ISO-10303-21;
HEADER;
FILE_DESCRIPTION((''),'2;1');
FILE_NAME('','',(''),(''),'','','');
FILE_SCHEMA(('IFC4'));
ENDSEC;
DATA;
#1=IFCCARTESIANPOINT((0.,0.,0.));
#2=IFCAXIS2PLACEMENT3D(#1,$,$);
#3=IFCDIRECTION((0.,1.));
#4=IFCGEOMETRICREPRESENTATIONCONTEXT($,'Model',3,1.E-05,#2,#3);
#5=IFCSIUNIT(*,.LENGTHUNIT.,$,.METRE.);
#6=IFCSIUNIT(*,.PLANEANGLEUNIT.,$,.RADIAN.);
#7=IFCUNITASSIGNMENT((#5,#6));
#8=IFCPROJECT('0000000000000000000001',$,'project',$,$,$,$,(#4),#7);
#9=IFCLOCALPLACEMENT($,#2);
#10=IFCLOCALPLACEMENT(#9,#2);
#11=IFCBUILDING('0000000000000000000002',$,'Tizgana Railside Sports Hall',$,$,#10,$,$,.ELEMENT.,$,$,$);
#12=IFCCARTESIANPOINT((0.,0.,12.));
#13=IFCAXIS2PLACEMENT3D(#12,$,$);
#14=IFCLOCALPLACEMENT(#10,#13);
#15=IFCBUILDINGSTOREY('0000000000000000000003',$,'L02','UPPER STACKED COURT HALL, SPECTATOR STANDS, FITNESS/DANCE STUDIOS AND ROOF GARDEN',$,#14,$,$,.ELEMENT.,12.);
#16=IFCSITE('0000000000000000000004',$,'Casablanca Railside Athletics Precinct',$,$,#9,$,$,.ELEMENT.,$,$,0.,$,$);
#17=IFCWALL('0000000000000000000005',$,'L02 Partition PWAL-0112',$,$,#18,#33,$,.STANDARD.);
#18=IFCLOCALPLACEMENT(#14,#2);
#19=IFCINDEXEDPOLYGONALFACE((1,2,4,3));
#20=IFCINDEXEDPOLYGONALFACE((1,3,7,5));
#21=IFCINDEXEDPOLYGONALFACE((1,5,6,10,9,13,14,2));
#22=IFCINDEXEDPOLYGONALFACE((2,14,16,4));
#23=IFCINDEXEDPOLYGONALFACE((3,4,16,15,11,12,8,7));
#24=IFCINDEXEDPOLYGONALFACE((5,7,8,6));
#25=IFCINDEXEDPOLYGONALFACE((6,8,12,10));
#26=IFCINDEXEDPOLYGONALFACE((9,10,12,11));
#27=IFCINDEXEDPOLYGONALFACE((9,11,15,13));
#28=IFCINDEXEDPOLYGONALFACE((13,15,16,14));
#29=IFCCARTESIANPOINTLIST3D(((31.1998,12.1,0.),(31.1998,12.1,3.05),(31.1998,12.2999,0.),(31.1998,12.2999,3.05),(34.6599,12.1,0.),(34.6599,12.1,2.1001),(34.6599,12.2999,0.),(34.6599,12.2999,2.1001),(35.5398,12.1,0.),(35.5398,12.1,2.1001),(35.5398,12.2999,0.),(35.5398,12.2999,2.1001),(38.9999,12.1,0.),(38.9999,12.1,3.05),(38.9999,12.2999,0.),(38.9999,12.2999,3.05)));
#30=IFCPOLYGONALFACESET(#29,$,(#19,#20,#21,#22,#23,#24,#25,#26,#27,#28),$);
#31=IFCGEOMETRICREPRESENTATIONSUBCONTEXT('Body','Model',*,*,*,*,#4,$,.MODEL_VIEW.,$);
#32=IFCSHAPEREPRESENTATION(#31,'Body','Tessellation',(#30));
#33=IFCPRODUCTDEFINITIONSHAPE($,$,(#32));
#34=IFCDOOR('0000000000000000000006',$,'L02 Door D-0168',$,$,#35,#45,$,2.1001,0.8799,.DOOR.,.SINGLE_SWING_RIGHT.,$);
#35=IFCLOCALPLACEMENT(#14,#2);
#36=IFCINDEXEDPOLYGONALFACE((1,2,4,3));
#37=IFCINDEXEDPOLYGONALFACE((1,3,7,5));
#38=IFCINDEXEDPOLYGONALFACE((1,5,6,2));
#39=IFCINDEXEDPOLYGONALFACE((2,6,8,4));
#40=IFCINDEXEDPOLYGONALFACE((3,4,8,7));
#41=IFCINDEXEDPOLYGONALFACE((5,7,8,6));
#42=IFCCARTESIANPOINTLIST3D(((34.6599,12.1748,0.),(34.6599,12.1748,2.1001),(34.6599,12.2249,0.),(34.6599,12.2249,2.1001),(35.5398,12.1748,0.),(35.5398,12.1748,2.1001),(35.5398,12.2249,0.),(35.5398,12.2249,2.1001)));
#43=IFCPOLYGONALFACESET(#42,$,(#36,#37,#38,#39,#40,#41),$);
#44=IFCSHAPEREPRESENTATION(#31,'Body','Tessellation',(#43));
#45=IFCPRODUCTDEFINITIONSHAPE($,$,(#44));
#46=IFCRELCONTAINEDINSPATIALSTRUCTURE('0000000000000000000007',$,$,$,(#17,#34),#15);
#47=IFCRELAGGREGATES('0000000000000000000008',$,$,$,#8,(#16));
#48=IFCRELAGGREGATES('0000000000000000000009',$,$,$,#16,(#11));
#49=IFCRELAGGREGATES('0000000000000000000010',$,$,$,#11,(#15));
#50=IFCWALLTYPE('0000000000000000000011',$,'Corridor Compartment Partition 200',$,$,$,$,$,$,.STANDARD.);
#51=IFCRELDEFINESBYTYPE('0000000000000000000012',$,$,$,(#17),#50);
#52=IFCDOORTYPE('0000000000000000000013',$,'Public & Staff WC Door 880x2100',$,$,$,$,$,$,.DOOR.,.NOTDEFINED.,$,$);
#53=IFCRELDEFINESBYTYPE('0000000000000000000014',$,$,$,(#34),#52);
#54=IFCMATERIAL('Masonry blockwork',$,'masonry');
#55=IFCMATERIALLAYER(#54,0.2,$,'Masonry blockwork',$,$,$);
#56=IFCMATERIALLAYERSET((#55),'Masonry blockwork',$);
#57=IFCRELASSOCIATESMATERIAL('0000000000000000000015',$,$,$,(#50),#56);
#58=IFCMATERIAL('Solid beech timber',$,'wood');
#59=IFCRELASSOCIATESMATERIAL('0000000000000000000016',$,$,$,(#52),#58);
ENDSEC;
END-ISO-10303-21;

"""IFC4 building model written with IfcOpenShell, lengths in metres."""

from ifc_helpers import new_model, si_unit, direction, frame, frame_2d, origin, place, context, subcontext, project, spatial, rectangle, extrude, material, layer, layer_set, type_object, element, fill, save


model = new_model("IFC4")

# Units and contexts
model_context = context("Model", 3, precision=1e-05, world=origin(), true_north=direction((0.0, 1.0)))
body_context = subcontext(model_context, "Body", "Model", "MODEL_VIEW")
ifc_project = project(units=[si_unit("LENGTHUNIT", "METRE"), si_unit("PLANEANGLEUNIT", "RADIAN")], contexts=[model_context])

# Site, building, storey
site_placement = place(None, origin())
site = spatial("IfcSite", under=ifc_project, at=site_placement, Name="Casablanca Railside Athletics Precinct", CompositionType="ELEMENT", RefElevation=0.0)
building_placement = place(site_placement, origin())
building = spatial("IfcBuilding", under=site, at=building_placement, Name="Tizgana Railside Sports Hall", CompositionType="ELEMENT")
storey_placement = place(building_placement, frame((0.0, 0.0, 12.0)))
storey = spatial("IfcBuildingStorey", under=building, at=storey_placement, Name="L02", Description="UPPER STACKED COURT HALL, SPECTATOR STANDS, FITNESS/DANCE STUDIOS AND ROOF GARDEN", CompositionType="ELEMENT", Elevation=12.0)

# Wall, opening, door
ifc_material_1 = material(Name="Masonry blockwork", Category="masonry")
ifc_layer_1 = layer(ifc_material_1, 0.2, Name="Masonry blockwork")
ifc_layer_set_1 = layer_set([ifc_layer_1], Name="Masonry blockwork")
wall_type = type_object("IfcWallType", Name="Corridor Compartment Partition 200", PredefinedType="STANDARD", material=ifc_layer_set_1)
wall_placement = place(storey_placement, frame((31.2, 12.2, 0.0), z_axis=(0.0, 0.0, 1.0), x_axis=(1.0, 0.0, 0.0)))
wall = element("IfcWall", 1, at=wall_placement, inside=storey, type_object=wall_type, Name="L02 Partition PWAL-0112", PredefinedType="STANDARD", context=body_context, shape_type="SweptSolid", body=[
    extrude(rectangle(XDim=7.8, YDim=0.2, at=frame_2d((3.8999, 0.0))), origin(), (0.0, 0.0, 1.0), 3.05),
])
opening_placement = place(wall_placement, frame((3.46, 0.0, 0.0)))
opening = element("IfcOpeningElement", 2, at=opening_placement, cuts=wall, PredefinedType="OPENING", context=body_context, shape_type="SweptSolid", body=[
    extrude(rectangle(XDim=0.8799, YDim=2.1001, at=frame_2d((0.4399, 1.05))), frame((0.0, 0.1099, 0.0), z_axis=(0.0, -1.0, 0.0), x_axis=(1.0, 0.0, 0.0)), (0.0, 0.0, 1.0), 0.22),
])
ifc_material_2 = material(Name="Solid beech timber", Category="wood")
door_type = type_object("IfcDoorType", Name="Public & Staff WC Door 880x2100", OperationType="NOTDEFINED", PredefinedType="DOOR", material=ifc_material_2)
door_placement = place(opening_placement, origin())
door = element("IfcDoor", 3, at=door_placement, inside=storey, type_object=door_type, Name="L02 Door D-0168", OperationType="SINGLE_SWING_RIGHT", OverallHeight=2.1001, OverallWidth=0.8799, PredefinedType="DOOR", context=body_context, shape_type="SweptSolid", body=[
    extrude(rectangle(XDim=0.8799, YDim=2.1001, at=frame_2d((0.4399, 1.05))), frame((0.0, 0.0249, 0.0), z_axis=(0.0, -1.0, 0.0), x_axis=(1.0, 0.0, 0.0)), (0.0, 0.0, 1.0), 0.05),
])
fill(opening, door)

save(model, "model.ifc")
